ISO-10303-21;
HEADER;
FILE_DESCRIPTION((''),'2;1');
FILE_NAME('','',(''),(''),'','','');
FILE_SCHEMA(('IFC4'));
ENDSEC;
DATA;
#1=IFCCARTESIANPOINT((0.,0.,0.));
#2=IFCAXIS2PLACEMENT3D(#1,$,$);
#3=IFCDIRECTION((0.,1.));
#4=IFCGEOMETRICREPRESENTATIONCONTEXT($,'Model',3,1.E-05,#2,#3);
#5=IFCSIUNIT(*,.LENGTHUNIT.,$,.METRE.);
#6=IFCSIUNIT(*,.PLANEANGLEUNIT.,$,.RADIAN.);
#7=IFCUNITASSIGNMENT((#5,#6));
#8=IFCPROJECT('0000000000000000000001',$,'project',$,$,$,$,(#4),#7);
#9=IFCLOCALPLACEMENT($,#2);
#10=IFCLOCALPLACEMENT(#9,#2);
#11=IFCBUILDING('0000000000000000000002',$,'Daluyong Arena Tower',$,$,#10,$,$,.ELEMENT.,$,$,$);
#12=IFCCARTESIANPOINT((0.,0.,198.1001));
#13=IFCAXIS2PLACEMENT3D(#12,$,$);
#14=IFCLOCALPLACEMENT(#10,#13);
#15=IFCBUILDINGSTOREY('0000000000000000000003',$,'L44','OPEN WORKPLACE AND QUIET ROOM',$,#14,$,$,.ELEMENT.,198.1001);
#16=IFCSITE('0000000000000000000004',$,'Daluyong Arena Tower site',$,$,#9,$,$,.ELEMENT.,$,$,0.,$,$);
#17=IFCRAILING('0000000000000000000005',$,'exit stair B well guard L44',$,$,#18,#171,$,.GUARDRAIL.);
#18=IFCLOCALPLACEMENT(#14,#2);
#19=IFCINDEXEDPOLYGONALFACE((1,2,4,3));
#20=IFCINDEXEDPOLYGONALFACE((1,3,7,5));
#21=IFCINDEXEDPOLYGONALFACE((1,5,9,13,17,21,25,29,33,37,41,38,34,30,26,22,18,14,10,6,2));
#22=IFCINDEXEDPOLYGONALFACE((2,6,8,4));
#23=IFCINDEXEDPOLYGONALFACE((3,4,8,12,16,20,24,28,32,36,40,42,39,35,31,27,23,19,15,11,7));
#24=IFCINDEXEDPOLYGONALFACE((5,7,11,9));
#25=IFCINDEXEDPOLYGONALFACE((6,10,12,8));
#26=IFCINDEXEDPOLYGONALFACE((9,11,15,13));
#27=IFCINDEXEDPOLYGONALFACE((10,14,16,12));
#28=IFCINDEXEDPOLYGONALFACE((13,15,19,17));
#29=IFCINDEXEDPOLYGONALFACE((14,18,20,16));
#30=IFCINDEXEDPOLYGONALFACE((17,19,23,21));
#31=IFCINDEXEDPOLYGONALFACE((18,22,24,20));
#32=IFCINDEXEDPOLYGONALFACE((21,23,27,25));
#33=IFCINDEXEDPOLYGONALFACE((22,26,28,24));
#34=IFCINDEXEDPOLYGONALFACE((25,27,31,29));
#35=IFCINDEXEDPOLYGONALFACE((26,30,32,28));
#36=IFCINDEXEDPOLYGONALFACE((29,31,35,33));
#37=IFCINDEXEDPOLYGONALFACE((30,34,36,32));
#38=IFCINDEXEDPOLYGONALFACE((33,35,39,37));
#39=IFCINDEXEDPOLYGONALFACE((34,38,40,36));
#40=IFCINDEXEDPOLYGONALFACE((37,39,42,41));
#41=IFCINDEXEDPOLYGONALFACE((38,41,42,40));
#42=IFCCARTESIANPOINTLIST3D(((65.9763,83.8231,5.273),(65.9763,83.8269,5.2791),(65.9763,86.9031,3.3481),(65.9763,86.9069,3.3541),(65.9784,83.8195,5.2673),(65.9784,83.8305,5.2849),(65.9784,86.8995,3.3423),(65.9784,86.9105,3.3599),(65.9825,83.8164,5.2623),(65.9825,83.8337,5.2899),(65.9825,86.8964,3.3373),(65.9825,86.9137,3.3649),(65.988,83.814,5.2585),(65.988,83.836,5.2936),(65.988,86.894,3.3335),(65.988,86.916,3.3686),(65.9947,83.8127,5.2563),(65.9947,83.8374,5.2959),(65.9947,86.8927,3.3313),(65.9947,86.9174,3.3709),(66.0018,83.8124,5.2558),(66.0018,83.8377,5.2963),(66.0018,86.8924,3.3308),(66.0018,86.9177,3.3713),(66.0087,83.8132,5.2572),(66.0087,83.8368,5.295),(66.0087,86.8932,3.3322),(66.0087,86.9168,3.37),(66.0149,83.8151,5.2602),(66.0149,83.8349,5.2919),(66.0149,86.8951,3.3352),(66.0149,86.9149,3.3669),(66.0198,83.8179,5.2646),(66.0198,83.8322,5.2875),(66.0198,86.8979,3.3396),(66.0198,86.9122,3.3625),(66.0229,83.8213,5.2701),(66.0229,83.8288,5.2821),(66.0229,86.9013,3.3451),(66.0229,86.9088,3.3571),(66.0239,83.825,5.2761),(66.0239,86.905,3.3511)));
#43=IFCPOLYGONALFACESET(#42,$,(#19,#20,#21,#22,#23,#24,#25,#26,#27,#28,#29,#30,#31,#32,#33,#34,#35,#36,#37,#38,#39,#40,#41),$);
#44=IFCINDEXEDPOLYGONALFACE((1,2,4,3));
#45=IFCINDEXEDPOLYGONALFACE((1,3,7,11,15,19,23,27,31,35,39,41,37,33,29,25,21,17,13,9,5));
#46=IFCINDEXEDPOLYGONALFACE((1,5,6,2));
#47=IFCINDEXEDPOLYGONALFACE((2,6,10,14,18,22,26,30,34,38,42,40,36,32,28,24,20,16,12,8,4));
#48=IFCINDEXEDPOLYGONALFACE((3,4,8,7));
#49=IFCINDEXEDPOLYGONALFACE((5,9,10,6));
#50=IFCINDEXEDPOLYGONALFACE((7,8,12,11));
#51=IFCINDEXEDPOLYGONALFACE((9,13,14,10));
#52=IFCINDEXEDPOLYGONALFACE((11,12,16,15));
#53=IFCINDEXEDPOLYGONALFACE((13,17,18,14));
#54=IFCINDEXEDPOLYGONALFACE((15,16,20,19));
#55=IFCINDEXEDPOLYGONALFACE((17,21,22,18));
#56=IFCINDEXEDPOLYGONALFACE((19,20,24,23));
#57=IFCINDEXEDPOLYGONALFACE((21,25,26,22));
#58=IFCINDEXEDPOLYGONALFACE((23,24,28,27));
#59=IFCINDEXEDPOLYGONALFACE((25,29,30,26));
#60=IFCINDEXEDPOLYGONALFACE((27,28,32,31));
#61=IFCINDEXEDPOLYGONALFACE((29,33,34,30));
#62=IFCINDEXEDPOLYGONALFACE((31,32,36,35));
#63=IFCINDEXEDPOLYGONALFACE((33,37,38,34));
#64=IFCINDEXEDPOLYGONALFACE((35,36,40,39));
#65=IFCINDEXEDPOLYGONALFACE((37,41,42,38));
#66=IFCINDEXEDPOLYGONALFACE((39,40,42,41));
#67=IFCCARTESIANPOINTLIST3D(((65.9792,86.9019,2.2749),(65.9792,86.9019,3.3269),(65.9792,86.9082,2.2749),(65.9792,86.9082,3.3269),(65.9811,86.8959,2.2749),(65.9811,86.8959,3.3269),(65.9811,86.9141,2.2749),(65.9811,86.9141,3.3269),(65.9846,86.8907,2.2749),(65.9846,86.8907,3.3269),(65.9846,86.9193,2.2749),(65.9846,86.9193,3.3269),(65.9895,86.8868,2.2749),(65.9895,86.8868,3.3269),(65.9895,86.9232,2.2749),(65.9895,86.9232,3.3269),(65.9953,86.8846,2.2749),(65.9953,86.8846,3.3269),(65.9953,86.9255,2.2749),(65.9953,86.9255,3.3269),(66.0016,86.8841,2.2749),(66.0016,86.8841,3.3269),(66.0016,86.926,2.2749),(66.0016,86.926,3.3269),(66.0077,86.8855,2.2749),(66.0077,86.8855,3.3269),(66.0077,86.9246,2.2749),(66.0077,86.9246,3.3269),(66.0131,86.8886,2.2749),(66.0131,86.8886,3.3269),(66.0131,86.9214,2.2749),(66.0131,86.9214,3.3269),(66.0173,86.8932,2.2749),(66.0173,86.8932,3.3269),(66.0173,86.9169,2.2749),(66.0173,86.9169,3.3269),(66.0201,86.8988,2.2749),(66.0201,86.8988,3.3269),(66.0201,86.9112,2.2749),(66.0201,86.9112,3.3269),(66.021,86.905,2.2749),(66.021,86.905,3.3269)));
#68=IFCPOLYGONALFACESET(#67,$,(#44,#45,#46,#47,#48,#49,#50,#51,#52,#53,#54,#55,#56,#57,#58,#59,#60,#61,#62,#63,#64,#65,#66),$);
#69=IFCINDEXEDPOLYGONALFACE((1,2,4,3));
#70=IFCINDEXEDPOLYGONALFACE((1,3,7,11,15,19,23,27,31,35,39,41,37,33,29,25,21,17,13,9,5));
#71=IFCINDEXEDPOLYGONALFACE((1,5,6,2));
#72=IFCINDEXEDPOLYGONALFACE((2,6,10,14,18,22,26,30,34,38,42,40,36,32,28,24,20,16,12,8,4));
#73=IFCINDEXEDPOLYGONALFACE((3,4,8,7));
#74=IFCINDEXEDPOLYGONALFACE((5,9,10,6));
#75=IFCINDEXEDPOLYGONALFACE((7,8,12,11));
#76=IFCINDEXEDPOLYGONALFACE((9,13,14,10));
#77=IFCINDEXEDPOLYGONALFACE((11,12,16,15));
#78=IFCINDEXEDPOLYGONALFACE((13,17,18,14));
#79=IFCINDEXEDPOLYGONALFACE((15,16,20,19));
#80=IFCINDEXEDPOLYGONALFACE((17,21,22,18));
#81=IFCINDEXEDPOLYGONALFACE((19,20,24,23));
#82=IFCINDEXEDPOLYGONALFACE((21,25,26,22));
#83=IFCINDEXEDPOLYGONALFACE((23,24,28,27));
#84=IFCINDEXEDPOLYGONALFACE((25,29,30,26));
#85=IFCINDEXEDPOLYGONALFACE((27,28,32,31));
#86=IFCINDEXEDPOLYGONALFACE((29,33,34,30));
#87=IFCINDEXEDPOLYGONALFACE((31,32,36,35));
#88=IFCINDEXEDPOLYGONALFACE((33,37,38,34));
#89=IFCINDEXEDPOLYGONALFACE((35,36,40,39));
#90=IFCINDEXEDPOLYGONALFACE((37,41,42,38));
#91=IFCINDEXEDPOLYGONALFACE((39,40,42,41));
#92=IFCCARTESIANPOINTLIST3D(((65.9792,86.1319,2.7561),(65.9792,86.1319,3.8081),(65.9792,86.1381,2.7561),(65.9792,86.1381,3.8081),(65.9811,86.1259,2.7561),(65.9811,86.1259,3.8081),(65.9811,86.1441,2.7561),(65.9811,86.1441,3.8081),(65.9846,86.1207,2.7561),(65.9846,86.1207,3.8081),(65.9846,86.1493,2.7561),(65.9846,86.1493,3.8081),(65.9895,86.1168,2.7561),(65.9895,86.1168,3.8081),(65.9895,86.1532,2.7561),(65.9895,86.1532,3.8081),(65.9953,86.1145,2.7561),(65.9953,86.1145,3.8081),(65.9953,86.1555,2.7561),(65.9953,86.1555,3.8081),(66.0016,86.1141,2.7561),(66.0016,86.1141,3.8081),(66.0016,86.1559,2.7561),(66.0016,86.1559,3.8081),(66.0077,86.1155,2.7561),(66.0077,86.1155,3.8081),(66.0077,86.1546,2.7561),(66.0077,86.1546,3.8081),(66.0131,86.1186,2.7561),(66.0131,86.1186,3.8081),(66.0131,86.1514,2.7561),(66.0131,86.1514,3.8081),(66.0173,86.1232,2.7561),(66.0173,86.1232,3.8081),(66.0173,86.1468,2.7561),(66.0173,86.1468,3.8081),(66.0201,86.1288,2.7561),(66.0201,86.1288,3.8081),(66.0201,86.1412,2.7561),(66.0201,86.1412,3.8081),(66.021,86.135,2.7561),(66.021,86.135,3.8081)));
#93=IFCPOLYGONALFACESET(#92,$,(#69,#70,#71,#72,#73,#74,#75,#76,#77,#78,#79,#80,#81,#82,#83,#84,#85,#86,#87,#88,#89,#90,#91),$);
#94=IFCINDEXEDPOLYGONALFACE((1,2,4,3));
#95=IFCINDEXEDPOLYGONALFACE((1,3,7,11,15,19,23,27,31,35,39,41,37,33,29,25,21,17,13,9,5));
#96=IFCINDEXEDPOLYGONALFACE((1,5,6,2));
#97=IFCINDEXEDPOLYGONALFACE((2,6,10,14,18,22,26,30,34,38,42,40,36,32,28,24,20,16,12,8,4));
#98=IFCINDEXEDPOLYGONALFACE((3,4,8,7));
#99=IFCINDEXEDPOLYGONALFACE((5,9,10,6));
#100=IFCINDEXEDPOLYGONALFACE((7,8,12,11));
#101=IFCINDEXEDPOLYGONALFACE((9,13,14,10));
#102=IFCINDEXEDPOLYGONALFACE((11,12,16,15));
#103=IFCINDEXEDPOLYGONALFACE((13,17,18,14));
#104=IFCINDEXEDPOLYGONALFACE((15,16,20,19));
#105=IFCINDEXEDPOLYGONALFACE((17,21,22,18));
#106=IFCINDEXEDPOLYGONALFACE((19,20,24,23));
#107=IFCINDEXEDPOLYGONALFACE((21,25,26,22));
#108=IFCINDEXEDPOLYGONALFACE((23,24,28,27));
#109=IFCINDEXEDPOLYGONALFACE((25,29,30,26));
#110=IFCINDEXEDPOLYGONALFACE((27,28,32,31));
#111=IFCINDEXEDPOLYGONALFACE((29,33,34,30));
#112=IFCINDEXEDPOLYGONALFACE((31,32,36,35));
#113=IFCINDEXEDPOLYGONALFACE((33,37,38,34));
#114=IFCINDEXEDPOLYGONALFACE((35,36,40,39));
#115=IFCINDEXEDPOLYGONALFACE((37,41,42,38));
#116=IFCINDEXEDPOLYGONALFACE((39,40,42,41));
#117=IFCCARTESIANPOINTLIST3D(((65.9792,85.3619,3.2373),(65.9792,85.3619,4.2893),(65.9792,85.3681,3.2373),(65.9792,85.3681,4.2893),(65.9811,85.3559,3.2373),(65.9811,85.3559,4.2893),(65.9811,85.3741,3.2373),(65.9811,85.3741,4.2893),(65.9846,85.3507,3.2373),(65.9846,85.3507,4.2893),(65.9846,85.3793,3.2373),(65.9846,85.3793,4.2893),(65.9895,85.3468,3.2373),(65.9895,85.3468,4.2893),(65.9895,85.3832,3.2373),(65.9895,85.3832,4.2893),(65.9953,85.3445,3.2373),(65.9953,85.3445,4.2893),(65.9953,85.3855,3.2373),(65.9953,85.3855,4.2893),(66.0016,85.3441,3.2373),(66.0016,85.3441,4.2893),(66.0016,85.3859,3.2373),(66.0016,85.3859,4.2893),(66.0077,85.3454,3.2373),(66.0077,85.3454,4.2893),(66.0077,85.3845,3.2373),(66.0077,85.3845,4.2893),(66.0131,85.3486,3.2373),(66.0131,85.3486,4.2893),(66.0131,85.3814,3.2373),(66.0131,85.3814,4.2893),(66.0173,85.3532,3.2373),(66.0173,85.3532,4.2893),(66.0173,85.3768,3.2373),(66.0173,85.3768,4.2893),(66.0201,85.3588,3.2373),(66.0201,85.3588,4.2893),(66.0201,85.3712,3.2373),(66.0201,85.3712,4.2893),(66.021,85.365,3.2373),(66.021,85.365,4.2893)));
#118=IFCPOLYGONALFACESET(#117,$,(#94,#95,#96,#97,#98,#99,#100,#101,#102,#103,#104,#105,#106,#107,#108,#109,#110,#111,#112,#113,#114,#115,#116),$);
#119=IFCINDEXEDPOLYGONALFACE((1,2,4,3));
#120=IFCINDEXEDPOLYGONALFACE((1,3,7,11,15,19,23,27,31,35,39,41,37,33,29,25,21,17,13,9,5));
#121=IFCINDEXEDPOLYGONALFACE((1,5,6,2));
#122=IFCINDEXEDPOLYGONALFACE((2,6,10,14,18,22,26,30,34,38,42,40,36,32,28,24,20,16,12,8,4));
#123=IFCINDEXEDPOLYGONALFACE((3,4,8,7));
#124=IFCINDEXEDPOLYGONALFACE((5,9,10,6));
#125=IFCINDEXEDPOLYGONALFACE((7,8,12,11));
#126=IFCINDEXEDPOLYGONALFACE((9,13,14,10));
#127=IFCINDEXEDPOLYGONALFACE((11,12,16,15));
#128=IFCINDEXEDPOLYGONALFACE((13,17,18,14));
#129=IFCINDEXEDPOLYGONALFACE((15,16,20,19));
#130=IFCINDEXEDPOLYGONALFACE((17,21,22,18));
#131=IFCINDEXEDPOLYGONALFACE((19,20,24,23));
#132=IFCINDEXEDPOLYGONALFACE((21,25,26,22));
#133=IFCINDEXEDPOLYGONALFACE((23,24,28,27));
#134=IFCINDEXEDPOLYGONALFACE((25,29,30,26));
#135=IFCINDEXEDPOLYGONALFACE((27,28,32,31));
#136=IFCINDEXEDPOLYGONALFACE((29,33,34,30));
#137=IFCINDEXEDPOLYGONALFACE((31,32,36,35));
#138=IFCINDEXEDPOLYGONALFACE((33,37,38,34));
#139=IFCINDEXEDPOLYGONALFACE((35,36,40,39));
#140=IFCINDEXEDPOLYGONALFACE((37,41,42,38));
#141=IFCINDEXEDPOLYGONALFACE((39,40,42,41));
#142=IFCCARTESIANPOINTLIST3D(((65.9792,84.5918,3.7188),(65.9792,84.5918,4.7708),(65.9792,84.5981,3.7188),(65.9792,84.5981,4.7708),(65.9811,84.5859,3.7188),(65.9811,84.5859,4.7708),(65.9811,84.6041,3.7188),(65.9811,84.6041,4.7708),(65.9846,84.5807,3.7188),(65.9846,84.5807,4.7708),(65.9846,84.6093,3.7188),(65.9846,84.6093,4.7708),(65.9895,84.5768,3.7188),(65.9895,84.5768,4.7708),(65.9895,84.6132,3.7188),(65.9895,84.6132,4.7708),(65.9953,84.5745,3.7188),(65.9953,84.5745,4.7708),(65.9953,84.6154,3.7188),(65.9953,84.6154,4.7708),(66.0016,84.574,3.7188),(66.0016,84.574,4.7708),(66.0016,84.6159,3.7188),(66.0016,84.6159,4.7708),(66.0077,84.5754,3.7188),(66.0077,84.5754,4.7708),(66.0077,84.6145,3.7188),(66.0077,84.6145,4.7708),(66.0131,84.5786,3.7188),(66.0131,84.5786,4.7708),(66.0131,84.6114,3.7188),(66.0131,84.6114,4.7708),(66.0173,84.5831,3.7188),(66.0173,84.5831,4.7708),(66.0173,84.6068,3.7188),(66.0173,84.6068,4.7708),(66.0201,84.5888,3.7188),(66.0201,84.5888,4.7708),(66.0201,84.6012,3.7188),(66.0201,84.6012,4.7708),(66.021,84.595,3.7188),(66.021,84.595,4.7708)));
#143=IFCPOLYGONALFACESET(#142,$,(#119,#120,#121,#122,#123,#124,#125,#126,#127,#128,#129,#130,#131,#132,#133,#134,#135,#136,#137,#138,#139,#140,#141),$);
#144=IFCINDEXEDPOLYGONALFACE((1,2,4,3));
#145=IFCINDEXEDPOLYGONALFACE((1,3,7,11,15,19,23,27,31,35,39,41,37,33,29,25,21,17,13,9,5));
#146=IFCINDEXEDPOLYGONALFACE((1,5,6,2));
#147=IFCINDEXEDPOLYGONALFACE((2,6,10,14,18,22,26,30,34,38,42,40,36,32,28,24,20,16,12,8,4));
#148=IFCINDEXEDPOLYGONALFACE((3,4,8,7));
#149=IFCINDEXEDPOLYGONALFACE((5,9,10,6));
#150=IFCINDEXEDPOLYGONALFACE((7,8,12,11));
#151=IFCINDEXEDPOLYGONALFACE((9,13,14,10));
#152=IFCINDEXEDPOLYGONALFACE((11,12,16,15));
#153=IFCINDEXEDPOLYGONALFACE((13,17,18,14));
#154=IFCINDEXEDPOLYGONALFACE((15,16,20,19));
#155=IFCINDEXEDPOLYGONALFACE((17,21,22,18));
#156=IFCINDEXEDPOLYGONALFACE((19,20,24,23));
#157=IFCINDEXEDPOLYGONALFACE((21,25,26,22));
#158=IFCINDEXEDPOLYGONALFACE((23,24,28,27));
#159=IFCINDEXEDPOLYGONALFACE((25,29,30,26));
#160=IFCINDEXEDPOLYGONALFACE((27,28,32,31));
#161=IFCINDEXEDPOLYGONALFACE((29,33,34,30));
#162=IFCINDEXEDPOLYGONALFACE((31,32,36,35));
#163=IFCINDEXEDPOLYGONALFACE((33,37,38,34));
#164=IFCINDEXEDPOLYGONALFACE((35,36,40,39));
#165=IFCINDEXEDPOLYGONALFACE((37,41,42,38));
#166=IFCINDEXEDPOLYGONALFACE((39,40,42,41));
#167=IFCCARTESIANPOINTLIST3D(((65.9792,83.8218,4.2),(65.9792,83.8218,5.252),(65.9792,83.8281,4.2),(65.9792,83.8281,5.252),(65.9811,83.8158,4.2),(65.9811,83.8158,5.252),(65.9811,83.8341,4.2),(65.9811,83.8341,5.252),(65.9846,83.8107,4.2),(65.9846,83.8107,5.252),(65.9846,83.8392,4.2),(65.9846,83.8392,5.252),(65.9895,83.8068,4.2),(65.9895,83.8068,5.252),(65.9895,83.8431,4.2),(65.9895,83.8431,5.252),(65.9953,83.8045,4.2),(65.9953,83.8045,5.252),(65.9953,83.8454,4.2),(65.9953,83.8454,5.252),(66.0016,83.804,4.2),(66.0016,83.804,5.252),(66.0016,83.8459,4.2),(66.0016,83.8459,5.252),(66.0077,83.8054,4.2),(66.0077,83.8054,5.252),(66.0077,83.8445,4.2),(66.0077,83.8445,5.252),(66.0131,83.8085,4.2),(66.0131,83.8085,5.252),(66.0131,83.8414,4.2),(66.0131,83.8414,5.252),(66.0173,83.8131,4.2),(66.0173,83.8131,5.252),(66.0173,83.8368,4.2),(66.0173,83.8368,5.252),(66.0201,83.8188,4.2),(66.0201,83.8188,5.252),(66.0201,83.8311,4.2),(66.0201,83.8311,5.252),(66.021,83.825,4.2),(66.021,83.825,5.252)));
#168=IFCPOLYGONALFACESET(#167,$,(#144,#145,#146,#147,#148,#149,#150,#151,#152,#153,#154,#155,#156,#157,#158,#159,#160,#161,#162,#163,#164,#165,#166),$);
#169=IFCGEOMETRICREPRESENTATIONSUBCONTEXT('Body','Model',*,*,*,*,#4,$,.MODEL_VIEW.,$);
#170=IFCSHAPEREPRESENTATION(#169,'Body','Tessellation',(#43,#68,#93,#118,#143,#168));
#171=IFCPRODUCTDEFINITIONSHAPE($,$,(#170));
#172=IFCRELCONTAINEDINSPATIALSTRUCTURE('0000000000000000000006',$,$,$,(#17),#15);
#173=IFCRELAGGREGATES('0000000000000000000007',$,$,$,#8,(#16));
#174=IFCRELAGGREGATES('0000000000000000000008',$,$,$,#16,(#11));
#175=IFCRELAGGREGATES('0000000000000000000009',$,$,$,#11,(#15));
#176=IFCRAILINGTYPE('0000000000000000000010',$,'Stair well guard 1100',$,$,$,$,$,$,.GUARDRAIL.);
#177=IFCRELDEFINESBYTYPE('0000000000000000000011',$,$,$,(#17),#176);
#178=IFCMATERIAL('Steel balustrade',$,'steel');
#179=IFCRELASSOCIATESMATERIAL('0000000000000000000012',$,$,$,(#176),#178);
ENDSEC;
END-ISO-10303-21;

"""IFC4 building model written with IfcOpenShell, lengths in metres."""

from ifc_helpers import new_model, si_unit, direction, frame, origin, origin_2d, place, context, subcontext, project, spatial, circle, extrude, material, type_object, element, save


model = new_model("IFC4")

# Units and contexts
model_context = context("Model", 3, precision=1e-05, world=origin(), true_north=direction((0.0, 1.0)))
body_context = subcontext(model_context, "Body", "Model", "MODEL_VIEW")
ifc_project = project(units=[si_unit("LENGTHUNIT", "METRE"), si_unit("PLANEANGLEUNIT", "RADIAN")], contexts=[model_context])

# Site, building, storey
site_placement = place(None, origin())
site = spatial("IfcSite", under=ifc_project, at=site_placement, Name="Daluyong Arena Tower site", CompositionType="ELEMENT", RefElevation=0.0)
building_placement = place(site_placement, origin())
building = spatial("IfcBuilding", under=site, at=building_placement, Name="Daluyong Arena Tower", CompositionType="ELEMENT")
storey_placement = place(building_placement, frame((0.0, 0.0, 198.1001)))
storey = spatial("IfcBuildingStorey", under=building, at=storey_placement, Name="L44", Description="OPEN WORKPLACE AND QUIET ROOM", CompositionType="ELEMENT", Elevation=198.1001)

# Railing
ifc_material_1 = material(Name="Steel balustrade", Category="steel")
railing_type_1 = type_object("IfcRailingType", Name="Stair well guard 1100", PredefinedType="GUARDRAIL", material=ifc_material_1)
railing_1_placement = place(storey_placement, frame((66.0, 86.905, 2.2749)))
element("IfcRailing", 1, at=railing_1_placement, inside=storey, type_object=railing_type_1, Name="exit stair B well guard L44", PredefinedType="GUARDRAIL", context=body_context, shape_type="SweptSolid", body=[
    extrude(circle(Radius=0.0239, at=origin_2d()), frame((0.0, 0.0, 1.0762), z_axis=(0.0, -0.847998, 0.529999), x_axis=(1.0, 0.0, 0.0)), (0.0, 0.0, 1.0), 3.6321),
    extrude(circle(Radius=0.021, at=origin_2d()), origin(), (0.0, 0.0, 1.0), 1.052),
    extrude(circle(Radius=0.021, at=origin_2d()), frame((0.0, -0.77, 0.4812)), (0.0, 0.0, 1.0), 1.052),
    extrude(circle(Radius=0.021, at=origin_2d()), frame((0.0, -1.54, 0.9624)), (0.0, 0.0, 1.0), 1.052),
    extrude(circle(Radius=0.021, at=origin_2d()), frame((0.0, -2.3101, 1.4438)), (0.0, 0.0, 1.0), 1.052),
    extrude(circle(Radius=0.021, at=origin_2d()), frame((0.0, -3.0801, 1.925)), (0.0, 0.0, 1.0), 1.052),
])

save(model, "model.ifc")
